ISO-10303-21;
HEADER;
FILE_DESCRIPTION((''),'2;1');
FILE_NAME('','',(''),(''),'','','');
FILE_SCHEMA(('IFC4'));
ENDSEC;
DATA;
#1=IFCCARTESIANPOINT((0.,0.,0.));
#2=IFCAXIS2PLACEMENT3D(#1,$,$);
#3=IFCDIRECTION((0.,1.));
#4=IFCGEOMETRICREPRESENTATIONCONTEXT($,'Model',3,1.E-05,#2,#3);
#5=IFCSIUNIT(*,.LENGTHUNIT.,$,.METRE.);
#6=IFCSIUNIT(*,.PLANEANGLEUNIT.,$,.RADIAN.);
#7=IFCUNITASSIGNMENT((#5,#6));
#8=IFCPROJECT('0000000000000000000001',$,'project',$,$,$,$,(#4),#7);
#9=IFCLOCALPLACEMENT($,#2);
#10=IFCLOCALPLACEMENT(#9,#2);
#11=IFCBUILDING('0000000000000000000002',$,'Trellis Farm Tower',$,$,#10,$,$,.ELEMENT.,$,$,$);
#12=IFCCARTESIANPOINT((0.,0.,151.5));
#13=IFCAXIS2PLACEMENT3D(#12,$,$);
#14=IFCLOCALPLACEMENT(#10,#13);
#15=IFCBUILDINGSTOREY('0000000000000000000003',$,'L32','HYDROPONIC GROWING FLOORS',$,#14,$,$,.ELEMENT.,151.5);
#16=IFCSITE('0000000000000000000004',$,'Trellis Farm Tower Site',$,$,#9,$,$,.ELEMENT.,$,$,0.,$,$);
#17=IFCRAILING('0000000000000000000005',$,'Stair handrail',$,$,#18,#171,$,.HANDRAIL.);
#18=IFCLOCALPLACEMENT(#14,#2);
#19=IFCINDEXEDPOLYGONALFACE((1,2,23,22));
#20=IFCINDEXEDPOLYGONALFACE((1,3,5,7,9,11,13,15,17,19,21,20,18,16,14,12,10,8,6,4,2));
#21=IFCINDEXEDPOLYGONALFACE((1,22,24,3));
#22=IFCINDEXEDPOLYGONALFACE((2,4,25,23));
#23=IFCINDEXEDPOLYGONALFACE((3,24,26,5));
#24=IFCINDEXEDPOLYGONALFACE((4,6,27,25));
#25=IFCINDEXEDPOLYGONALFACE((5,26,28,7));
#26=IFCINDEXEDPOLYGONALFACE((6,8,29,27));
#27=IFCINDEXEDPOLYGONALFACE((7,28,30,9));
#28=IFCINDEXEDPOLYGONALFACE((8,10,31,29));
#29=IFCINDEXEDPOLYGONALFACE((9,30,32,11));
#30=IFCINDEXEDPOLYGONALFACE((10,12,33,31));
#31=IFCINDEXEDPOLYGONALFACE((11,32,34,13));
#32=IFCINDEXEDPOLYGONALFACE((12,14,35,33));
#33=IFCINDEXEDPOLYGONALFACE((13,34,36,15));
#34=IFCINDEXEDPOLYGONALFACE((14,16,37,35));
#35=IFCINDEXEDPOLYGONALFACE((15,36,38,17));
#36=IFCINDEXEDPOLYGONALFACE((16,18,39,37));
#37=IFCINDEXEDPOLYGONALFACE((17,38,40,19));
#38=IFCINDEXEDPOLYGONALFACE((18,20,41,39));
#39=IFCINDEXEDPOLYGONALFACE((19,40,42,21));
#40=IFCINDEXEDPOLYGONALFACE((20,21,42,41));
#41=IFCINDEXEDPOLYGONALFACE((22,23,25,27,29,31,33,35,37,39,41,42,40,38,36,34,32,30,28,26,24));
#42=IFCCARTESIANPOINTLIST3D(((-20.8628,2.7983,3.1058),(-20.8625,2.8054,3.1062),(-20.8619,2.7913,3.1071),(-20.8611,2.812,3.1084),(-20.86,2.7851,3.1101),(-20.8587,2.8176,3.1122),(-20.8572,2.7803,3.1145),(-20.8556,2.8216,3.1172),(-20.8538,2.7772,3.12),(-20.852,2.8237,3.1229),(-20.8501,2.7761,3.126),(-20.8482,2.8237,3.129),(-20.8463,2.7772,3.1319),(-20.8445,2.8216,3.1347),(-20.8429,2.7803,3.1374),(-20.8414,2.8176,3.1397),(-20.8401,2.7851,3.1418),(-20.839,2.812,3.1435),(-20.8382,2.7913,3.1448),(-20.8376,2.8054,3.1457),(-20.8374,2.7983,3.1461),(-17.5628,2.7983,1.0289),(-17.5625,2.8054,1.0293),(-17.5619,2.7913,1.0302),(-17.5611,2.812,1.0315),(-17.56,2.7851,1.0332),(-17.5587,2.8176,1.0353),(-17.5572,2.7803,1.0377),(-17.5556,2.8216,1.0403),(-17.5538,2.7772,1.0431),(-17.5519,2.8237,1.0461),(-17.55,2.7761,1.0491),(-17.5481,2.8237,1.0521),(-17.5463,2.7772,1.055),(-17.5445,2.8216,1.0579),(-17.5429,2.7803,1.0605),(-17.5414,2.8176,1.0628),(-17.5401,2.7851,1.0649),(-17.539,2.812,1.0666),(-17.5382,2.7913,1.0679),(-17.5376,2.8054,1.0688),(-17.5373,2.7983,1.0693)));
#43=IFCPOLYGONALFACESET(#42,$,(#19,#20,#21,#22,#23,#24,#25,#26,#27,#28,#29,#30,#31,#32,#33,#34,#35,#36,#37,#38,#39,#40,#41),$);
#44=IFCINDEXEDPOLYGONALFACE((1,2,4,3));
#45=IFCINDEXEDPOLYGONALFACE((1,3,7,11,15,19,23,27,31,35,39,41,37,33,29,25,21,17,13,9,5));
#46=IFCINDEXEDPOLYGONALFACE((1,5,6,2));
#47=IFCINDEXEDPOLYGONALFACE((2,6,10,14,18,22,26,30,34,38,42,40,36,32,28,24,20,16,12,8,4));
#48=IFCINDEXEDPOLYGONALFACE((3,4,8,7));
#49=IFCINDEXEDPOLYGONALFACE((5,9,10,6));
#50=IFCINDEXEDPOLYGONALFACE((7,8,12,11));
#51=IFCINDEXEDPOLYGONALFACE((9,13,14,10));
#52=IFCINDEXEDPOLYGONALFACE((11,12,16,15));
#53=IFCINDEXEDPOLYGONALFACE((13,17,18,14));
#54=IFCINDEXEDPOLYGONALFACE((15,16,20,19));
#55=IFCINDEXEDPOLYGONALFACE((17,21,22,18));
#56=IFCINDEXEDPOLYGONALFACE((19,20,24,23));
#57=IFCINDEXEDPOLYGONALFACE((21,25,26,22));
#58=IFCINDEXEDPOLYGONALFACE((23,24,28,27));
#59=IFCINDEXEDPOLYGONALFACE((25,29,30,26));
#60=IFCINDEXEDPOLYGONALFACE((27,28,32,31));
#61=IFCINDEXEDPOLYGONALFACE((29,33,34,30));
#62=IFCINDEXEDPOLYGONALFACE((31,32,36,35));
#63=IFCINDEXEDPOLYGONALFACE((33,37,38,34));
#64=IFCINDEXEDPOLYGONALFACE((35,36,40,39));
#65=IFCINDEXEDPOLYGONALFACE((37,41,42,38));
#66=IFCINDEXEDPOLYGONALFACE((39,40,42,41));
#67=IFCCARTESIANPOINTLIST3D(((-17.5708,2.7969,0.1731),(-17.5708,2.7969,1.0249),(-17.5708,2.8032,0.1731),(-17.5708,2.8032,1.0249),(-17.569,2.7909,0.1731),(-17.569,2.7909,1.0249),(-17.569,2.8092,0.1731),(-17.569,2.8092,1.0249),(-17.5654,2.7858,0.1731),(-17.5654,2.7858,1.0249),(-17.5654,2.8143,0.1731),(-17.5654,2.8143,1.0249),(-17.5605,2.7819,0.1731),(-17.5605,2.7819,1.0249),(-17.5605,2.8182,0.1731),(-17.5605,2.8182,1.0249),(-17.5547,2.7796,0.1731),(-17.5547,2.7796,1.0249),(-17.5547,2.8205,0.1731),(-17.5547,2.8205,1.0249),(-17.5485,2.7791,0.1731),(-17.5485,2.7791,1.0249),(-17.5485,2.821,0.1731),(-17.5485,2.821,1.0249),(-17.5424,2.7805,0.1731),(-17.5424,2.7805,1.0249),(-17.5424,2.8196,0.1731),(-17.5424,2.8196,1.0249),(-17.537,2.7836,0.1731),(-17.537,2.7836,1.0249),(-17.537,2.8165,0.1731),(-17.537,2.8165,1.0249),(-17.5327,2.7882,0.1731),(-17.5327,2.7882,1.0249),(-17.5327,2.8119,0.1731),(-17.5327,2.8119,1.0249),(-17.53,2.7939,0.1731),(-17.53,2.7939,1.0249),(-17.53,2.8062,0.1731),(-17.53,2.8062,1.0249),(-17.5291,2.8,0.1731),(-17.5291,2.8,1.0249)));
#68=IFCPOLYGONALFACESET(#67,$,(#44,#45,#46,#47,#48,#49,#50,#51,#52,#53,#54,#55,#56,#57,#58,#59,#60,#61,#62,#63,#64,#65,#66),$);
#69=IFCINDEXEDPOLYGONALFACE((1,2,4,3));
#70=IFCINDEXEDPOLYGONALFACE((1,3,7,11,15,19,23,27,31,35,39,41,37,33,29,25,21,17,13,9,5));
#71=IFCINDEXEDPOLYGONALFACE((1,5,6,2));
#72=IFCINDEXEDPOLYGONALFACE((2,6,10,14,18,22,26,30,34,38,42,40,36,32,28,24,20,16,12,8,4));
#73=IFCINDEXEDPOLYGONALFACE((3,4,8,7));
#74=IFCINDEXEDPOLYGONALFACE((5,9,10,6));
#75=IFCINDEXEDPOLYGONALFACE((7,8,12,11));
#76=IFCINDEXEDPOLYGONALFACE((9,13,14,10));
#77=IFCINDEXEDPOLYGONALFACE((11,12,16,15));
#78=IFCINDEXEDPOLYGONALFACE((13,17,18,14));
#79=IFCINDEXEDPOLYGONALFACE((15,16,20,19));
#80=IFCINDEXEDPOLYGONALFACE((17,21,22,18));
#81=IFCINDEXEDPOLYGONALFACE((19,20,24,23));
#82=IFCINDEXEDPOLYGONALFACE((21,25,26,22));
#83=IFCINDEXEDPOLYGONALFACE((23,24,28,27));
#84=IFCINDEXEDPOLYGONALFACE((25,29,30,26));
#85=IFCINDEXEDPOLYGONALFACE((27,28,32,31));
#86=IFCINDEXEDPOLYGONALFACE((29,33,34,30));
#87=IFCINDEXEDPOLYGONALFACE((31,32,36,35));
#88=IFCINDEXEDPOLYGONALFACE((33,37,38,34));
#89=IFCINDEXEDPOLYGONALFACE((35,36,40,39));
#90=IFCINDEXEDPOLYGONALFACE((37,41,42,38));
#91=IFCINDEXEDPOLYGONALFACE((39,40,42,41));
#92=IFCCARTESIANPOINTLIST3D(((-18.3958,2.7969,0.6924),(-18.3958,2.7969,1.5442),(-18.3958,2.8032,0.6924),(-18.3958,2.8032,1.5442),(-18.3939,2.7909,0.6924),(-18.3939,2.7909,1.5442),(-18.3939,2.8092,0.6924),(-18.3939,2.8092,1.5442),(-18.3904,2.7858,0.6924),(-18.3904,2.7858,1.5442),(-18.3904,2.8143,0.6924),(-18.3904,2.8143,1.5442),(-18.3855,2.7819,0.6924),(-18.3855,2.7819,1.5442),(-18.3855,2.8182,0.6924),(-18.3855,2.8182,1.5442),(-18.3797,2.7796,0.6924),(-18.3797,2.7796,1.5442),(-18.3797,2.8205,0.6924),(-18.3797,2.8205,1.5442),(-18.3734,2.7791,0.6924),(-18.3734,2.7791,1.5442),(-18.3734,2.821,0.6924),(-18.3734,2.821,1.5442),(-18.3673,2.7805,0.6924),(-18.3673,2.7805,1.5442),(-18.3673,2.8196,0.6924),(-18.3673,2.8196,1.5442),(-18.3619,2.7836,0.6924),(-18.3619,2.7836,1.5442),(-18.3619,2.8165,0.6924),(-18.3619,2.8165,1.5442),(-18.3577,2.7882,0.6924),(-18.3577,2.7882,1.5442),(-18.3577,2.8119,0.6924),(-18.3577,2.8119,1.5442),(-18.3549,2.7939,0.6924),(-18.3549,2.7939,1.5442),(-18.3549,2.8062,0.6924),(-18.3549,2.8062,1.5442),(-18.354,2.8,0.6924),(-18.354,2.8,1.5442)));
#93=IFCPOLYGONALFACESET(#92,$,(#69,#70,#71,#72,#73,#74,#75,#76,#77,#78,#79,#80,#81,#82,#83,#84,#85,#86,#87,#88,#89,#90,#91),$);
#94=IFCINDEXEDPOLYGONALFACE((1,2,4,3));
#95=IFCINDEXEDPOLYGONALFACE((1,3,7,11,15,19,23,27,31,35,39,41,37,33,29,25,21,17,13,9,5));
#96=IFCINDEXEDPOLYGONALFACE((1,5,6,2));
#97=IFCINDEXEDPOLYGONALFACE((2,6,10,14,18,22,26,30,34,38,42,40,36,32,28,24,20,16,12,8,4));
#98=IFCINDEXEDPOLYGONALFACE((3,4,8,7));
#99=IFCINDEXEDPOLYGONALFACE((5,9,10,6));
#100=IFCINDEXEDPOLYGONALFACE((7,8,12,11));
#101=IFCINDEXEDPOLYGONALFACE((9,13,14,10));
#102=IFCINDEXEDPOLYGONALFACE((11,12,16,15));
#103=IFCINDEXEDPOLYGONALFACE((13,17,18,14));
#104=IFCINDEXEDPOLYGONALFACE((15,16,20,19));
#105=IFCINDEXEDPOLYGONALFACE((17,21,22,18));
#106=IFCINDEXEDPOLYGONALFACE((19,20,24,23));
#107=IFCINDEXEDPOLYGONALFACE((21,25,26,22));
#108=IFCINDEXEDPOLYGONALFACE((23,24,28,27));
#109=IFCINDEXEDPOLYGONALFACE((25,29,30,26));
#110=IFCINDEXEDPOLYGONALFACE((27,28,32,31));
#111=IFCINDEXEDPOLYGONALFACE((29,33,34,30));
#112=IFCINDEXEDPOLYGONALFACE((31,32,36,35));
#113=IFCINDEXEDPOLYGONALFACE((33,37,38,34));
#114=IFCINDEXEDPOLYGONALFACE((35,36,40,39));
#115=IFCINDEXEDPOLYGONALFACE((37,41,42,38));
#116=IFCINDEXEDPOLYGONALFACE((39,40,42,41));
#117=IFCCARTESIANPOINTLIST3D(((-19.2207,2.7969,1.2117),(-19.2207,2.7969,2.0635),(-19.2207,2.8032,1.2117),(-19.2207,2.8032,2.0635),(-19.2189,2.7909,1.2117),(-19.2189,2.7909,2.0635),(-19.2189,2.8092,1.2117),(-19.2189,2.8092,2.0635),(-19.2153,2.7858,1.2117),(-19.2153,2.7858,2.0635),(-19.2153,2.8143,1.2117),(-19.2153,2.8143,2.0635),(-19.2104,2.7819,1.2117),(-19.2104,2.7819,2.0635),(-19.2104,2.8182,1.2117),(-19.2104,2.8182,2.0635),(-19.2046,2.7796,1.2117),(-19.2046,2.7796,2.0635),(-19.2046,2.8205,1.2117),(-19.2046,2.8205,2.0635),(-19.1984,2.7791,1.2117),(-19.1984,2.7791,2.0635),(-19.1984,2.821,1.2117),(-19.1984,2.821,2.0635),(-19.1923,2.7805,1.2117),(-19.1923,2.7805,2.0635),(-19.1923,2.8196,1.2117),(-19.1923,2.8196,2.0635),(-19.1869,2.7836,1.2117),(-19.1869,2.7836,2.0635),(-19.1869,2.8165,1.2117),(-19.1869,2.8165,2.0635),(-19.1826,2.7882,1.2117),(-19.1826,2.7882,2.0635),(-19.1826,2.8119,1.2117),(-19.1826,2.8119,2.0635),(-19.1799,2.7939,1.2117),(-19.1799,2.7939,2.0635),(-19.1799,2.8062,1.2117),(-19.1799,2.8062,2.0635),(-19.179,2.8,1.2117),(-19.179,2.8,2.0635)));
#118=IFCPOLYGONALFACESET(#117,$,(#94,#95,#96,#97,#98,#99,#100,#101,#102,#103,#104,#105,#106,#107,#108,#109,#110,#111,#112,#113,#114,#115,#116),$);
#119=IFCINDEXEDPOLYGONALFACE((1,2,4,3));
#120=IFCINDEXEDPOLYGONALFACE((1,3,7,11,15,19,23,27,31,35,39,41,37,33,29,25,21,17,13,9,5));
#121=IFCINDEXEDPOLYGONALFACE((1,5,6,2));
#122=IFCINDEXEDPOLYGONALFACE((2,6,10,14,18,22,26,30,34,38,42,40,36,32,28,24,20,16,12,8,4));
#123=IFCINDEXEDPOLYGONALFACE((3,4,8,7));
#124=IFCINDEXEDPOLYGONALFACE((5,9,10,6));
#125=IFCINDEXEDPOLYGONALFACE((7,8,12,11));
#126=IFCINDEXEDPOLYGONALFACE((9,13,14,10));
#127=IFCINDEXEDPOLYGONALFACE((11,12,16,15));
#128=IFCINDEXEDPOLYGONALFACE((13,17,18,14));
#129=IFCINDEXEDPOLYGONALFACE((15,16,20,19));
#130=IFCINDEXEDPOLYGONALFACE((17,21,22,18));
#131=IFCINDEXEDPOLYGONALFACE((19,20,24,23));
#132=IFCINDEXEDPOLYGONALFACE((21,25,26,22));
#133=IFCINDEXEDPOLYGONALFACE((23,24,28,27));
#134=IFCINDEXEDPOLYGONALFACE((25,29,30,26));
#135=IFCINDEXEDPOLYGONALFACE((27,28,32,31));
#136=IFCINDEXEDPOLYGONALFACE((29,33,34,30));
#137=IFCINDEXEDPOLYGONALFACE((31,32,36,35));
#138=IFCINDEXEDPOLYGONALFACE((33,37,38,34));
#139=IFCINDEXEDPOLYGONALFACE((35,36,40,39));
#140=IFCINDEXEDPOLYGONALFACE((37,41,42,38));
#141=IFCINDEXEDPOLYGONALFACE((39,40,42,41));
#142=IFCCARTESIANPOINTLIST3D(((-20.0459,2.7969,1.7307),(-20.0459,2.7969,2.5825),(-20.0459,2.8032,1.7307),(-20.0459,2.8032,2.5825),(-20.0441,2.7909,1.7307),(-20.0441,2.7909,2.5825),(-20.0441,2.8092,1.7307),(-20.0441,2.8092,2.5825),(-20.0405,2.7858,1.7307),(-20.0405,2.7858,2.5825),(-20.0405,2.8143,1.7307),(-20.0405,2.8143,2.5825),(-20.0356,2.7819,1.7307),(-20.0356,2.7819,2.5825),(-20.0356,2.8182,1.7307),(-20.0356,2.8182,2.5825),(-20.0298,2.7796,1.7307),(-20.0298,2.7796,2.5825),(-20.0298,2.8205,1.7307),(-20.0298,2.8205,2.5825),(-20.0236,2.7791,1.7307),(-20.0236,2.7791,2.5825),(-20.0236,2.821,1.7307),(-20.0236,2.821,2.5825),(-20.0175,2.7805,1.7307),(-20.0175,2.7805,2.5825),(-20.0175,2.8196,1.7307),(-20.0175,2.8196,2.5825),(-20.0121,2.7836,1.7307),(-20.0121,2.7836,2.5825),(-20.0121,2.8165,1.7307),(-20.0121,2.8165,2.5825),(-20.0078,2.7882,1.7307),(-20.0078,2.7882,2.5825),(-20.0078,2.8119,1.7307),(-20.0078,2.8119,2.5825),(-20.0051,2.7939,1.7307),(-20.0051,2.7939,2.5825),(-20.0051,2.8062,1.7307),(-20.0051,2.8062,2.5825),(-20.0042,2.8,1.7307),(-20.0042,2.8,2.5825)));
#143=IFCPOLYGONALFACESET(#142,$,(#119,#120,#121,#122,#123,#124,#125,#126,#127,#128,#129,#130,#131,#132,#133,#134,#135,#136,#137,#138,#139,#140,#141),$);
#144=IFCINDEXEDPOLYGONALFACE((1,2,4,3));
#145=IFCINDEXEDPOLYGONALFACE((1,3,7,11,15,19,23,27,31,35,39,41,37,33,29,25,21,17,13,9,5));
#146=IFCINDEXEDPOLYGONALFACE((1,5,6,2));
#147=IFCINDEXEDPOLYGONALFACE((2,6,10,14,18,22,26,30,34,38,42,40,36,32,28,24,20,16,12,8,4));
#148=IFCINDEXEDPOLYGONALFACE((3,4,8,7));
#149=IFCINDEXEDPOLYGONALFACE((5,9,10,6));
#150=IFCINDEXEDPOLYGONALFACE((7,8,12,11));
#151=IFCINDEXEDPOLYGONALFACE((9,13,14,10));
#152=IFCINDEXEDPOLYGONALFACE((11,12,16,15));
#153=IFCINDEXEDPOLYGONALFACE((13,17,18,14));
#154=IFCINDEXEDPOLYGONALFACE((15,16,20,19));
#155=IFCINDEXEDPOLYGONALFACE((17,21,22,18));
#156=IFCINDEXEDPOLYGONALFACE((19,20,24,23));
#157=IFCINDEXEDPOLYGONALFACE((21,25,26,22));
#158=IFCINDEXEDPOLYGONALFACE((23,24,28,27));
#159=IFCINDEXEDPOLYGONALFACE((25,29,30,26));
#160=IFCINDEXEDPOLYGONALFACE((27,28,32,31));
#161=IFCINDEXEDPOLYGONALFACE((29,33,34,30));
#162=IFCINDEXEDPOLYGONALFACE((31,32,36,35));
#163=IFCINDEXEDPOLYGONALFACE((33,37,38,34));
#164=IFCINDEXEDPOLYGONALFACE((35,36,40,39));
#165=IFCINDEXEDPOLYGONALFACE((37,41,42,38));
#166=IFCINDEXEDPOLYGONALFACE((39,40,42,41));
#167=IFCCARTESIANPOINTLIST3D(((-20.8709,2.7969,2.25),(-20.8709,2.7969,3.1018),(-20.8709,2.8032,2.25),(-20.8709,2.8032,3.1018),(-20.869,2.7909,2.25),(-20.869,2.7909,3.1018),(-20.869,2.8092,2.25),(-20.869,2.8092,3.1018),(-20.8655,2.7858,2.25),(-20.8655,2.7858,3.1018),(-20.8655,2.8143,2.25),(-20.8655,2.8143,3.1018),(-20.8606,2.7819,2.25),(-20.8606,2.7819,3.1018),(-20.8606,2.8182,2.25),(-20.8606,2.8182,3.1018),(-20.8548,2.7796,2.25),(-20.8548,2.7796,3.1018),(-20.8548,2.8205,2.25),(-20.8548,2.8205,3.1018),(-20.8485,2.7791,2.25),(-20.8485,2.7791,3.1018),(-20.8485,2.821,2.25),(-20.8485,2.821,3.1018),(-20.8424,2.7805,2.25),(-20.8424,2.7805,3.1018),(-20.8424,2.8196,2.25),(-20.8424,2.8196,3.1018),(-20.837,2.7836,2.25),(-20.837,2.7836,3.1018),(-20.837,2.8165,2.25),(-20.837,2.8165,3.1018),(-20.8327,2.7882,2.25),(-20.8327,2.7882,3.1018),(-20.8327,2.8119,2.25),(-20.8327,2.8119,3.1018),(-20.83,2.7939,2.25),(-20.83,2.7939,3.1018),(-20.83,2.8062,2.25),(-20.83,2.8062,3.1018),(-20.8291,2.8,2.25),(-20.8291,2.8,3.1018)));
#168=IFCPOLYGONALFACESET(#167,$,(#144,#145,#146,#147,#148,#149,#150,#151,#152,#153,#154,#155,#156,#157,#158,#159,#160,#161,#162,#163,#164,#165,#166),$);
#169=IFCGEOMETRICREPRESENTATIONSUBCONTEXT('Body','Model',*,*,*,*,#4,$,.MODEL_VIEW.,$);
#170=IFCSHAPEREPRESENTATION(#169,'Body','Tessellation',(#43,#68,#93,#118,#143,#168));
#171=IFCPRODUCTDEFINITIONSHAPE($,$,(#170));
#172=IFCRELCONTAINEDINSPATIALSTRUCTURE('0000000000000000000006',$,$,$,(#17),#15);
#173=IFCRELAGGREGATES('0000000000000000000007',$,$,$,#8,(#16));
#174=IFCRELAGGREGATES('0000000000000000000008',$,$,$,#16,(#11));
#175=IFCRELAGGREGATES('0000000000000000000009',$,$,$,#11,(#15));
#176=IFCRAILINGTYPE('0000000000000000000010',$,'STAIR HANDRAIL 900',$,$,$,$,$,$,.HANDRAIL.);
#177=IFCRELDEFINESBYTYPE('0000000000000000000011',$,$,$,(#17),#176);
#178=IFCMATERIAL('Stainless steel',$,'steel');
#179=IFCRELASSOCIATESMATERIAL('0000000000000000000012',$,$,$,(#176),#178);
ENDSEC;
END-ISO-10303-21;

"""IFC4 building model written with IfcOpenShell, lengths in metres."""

from ifc_helpers import new_model, si_unit, direction, frame, origin, origin_2d, place, context, subcontext, project, spatial, circle, extrude, source, transform, mapped, material, type_object, element, save


model = new_model("IFC4")

# Units and contexts
model_context = context("Model", 3, precision=1e-05, world=origin(), true_north=direction((0.0, 1.0)))
body_context = subcontext(model_context, "Body", "Model", "MODEL_VIEW")
ifc_project = project(units=[si_unit("LENGTHUNIT", "METRE"), si_unit("PLANEANGLEUNIT", "RADIAN")], contexts=[model_context])

# Site, building, storey
site_placement = place(None, origin())
site = spatial("IfcSite", under=ifc_project, at=site_placement, Name="Trellis Farm Tower Site", CompositionType="ELEMENT", RefElevation=0.0)
building_placement = place(site_placement, origin())
building = spatial("IfcBuilding", under=site, at=building_placement, Name="Trellis Farm Tower", CompositionType="ELEMENT")
storey_placement = place(building_placement, frame((0.0, 0.0, 151.5)))
storey = spatial("IfcBuildingStorey", under=building, at=storey_placement, Name="L32", Description="HYDROPONIC GROWING FLOORS", CompositionType="ELEMENT", Elevation=151.5)

# Railing
ifc_material_1 = material(Name="Stainless steel", Category="steel")
railing_type = type_object("IfcRailingType", Name="STAIR HANDRAIL 900", PredefinedType="HANDRAIL", material=ifc_material_1)
shared_shape_1 = source(origin(), body_context, "Body", "SweptSolid", [
    extrude(circle(Radius=0.0239, at=origin_2d()), frame((0.0, 0.0, 0.876), z_axis=(-0.846337, 0.0, 0.532647), x_axis=(0.0, -1.0, 0.0)), (0.0, 0.0, 1.0), 3.8992),
    extrude(circle(Radius=0.021, at=origin_2d()), origin(), (0.0, 0.0, 1.0), 0.8518),
    extrude(circle(Radius=0.021, at=origin_2d()), frame((-0.825, 0.0, 0.5193)), (0.0, 0.0, 1.0), 0.8518),
    extrude(circle(Radius=0.021, at=origin_2d()), frame((-1.6499, 0.0, 1.0386)), (0.0, 0.0, 1.0), 0.8518),
    extrude(circle(Radius=0.021, at=origin_2d()), frame((-2.4751, 0.0, 1.5576)), (0.0, 0.0, 1.0), 0.8518),
    extrude(circle(Radius=0.021, at=origin_2d()), frame((-3.3, 0.0, 2.0769)), (0.0, 0.0, 1.0), 0.8518),
])
for number, where, name in (
    (1, (-17.55, 2.8, 0.1731), "Stair handrail"),
):
    element("IfcRailing", number, at=place(storey_placement, frame(where)), inside=storey, type_object=railing_type, Name=name, PredefinedType="HANDRAIL", context=body_context, shape_type="MappedRepresentation", body=[
        mapped(shared_shape_1, transform((0.0, 0.0, 0.0))),
    ])

save(model, "model.ifc")
